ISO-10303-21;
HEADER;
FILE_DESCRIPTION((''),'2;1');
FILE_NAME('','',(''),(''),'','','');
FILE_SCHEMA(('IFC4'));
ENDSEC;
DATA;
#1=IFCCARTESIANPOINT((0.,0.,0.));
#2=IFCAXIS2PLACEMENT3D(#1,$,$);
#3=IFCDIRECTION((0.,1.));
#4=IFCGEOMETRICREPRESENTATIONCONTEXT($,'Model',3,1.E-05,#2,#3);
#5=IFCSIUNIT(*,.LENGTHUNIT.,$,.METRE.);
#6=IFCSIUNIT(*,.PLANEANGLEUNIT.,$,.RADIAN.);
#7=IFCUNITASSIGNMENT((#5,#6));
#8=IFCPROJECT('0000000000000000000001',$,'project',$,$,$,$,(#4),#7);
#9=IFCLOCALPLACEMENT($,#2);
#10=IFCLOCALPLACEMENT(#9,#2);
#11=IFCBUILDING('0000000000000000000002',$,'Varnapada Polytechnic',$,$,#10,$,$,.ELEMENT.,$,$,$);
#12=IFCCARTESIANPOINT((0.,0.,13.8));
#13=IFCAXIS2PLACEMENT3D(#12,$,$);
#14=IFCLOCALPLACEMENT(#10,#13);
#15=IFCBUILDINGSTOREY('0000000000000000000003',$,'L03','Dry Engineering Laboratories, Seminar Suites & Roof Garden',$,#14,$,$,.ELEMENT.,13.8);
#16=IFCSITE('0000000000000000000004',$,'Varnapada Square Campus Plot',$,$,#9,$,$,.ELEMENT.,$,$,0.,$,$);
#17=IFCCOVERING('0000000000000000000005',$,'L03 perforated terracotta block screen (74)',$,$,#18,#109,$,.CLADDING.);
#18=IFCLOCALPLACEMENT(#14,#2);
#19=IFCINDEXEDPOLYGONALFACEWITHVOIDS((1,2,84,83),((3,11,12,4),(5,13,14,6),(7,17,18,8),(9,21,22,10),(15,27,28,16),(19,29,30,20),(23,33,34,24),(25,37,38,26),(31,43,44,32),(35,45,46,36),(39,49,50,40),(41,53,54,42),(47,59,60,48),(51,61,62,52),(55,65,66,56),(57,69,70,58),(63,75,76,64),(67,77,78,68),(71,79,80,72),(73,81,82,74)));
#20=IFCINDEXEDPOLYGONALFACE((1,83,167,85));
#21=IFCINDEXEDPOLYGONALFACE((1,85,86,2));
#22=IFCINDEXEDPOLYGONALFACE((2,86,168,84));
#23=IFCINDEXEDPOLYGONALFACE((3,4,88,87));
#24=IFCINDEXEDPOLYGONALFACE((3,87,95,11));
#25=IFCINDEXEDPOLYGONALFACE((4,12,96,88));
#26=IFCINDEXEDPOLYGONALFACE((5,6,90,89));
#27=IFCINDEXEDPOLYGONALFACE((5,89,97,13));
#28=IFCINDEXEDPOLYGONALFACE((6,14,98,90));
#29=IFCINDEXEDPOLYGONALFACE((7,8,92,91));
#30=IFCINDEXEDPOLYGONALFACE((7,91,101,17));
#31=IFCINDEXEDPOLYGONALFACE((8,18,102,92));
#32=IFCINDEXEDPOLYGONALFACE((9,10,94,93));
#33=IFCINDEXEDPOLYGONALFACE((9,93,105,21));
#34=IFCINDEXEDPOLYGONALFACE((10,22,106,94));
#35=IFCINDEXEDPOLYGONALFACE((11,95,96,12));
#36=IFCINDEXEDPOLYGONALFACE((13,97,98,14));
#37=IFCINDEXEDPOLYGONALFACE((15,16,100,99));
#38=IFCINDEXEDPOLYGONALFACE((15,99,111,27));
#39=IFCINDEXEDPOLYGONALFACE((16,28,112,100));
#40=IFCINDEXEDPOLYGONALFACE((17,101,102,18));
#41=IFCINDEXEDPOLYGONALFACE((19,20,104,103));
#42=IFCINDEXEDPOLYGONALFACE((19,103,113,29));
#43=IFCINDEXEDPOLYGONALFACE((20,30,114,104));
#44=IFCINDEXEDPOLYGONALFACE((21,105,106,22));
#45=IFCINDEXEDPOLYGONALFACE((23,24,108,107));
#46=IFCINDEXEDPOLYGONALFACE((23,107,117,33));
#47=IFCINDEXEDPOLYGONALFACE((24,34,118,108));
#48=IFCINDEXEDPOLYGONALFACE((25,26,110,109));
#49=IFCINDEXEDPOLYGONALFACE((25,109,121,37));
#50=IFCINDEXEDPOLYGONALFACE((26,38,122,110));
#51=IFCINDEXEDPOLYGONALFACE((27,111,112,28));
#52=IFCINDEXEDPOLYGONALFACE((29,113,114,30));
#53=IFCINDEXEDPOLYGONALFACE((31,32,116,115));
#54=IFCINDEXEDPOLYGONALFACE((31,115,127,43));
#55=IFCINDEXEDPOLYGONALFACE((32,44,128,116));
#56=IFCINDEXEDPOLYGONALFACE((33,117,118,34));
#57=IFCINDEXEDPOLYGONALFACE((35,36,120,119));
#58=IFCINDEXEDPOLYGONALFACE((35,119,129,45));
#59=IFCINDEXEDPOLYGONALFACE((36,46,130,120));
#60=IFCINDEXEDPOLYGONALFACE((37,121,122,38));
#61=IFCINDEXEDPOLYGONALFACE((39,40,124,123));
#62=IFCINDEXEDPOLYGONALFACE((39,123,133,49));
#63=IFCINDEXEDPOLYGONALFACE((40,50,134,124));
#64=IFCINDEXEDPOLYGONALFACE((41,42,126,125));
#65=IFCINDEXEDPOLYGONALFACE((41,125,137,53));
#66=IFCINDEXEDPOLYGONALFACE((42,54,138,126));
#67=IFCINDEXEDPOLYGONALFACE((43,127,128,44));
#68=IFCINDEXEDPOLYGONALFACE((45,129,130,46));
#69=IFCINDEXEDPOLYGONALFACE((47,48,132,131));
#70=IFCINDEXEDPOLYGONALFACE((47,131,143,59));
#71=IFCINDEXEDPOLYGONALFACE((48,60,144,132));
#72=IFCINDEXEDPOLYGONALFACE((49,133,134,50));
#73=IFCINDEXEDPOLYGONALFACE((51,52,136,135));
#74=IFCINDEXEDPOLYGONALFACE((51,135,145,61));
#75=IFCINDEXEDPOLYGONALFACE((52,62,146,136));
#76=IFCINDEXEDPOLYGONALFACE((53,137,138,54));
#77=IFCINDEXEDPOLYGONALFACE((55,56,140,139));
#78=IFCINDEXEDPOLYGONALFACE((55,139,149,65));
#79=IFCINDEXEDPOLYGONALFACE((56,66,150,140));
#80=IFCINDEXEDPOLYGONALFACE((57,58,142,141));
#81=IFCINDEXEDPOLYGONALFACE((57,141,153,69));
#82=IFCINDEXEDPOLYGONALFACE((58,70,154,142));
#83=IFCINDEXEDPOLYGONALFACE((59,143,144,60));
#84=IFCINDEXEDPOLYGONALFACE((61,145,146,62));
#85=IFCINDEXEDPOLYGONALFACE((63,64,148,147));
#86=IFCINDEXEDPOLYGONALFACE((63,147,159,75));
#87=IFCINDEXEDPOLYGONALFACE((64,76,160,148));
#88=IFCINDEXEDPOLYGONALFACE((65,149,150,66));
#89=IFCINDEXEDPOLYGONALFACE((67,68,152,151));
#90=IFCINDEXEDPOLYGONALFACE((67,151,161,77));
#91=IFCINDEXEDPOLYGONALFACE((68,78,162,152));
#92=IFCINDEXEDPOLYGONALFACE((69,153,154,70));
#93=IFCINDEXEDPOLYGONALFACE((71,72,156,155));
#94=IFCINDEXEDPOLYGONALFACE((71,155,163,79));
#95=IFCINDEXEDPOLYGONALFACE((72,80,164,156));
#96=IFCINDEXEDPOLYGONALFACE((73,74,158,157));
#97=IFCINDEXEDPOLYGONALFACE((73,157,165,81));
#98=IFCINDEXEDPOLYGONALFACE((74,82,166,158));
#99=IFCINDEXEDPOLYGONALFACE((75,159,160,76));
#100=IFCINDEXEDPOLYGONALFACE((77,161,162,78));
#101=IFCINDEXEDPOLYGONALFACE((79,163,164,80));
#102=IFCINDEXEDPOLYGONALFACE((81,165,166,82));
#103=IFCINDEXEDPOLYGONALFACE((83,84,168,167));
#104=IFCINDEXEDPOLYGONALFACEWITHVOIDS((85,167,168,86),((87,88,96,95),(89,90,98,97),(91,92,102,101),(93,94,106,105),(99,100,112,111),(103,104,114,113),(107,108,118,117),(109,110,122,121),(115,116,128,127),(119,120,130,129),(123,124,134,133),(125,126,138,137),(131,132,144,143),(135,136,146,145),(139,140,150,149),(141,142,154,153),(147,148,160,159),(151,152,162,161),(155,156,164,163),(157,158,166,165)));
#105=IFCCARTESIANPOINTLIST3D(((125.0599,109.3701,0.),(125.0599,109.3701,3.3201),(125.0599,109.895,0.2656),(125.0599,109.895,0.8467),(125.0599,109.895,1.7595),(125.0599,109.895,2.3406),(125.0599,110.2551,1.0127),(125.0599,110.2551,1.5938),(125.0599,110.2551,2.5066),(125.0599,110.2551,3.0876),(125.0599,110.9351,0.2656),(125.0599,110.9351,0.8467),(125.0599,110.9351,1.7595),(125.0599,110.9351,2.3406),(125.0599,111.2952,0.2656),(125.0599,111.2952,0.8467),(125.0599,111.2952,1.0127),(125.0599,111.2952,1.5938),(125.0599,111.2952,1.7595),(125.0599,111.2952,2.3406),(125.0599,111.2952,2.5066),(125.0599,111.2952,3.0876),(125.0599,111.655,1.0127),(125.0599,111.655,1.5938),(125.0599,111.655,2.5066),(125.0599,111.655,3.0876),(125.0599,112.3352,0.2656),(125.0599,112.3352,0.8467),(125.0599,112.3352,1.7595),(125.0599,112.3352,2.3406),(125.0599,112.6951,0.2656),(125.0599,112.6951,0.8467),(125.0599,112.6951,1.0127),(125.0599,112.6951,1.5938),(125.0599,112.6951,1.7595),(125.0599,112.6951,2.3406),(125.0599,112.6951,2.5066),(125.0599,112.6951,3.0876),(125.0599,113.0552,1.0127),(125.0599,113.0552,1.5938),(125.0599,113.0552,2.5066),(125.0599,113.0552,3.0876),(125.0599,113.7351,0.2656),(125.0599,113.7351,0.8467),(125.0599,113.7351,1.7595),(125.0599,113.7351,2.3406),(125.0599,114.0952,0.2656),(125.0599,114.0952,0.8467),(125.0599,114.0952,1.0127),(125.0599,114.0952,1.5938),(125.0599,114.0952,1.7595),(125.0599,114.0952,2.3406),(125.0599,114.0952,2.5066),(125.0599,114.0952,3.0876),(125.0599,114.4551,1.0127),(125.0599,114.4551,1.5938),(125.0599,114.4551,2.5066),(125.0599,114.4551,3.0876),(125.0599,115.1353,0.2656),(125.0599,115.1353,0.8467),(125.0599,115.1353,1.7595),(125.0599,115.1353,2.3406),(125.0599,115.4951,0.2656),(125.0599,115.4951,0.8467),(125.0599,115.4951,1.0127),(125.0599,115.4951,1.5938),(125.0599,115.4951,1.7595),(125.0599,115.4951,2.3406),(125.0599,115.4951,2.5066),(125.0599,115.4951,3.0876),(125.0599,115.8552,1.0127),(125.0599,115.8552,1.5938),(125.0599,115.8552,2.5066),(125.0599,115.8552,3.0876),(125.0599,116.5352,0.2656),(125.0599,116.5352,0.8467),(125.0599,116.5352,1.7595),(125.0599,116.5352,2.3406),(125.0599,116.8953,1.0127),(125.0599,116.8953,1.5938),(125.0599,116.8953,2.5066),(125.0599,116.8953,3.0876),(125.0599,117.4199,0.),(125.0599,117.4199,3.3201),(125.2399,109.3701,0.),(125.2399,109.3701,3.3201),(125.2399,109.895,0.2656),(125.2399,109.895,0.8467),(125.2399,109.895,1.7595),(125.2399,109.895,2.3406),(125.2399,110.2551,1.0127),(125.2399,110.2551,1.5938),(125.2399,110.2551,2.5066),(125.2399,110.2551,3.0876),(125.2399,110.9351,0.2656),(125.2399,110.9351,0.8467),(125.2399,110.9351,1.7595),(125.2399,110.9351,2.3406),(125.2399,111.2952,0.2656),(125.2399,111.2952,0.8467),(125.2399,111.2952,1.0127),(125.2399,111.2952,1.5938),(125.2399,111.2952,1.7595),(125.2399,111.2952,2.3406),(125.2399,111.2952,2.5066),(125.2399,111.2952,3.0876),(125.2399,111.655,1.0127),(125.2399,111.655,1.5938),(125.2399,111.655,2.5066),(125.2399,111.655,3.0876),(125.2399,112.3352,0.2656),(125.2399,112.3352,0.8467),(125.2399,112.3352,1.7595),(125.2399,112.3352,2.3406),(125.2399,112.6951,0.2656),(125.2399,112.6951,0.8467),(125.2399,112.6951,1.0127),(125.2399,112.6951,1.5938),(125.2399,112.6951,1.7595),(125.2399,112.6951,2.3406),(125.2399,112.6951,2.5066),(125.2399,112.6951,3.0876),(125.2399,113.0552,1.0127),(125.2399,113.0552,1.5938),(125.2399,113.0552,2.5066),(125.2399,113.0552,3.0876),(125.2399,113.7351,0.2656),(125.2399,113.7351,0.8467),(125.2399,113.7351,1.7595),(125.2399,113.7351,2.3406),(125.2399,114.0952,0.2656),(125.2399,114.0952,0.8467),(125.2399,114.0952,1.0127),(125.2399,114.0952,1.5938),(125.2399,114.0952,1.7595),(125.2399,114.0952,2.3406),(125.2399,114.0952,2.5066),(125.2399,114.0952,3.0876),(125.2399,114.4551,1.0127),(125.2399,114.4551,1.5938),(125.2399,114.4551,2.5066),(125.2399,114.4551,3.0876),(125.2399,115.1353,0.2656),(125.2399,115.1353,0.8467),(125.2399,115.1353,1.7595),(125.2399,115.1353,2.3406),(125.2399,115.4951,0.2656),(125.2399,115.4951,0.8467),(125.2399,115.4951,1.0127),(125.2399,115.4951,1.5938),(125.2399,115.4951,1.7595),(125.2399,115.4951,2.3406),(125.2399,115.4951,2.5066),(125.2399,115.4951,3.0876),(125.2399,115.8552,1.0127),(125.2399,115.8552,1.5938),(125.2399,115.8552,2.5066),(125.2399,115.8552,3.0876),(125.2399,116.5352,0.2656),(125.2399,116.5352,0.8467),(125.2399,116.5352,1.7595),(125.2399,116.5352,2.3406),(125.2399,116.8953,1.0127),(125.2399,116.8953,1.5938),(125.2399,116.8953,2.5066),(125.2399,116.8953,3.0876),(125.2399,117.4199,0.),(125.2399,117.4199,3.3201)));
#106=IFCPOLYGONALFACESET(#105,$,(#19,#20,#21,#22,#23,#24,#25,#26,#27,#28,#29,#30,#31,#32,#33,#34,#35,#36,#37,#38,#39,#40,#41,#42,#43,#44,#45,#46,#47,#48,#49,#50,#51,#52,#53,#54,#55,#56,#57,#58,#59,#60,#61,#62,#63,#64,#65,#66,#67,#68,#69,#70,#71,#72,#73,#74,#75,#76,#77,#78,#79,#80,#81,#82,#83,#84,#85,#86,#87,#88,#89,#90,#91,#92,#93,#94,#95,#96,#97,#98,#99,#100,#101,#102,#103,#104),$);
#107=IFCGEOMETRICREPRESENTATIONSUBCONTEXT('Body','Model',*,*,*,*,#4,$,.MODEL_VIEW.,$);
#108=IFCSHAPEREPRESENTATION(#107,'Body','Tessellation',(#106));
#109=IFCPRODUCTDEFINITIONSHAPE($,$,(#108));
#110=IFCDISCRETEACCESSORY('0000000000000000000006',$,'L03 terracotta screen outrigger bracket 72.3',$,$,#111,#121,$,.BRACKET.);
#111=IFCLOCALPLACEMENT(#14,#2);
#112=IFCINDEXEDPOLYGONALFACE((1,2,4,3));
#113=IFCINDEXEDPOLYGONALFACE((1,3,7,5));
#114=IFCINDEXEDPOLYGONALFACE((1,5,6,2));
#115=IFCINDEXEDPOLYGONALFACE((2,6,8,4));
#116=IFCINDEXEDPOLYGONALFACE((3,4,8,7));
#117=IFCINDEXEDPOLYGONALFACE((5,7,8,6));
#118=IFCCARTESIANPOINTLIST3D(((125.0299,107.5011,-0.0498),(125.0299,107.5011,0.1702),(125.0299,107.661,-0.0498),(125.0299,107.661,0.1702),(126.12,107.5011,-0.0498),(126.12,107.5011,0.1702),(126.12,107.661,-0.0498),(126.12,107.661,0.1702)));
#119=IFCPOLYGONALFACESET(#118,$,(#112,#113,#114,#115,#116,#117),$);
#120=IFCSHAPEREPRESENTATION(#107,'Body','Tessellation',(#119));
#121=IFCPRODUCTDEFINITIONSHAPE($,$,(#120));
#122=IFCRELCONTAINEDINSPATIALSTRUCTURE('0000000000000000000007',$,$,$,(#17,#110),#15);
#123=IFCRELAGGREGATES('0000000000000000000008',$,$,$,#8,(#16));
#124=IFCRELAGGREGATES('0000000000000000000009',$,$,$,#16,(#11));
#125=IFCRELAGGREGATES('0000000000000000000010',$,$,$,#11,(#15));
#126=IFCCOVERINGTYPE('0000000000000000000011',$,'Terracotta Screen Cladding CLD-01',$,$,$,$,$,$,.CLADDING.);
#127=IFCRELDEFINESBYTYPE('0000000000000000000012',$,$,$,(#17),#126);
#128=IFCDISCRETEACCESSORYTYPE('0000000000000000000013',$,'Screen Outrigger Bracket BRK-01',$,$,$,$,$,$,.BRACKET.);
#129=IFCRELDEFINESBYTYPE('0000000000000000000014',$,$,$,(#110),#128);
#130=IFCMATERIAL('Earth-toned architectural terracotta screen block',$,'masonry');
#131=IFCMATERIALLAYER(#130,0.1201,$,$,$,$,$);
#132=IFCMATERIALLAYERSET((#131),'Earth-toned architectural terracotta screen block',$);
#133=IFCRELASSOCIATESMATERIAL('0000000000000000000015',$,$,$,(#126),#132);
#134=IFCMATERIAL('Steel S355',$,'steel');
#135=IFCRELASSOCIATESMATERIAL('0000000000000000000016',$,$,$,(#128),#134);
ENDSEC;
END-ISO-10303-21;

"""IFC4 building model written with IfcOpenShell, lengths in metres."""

from ifc_helpers import new_model, si_unit, direction, frame, frame_2d, origin, origin_2d, place, context, subcontext, project, spatial, rectangle, extrude, material, layer, layer_set, type_object, element, save


model = new_model("IFC4")

# Units and contexts
model_context = context("Model", 3, precision=1e-05, world=origin(), true_north=direction((0.0, 1.0)))
body_context = subcontext(model_context, "Body", "Model", "MODEL_VIEW")
ifc_project = project(units=[si_unit("LENGTHUNIT", "METRE"), si_unit("PLANEANGLEUNIT", "RADIAN")], contexts=[model_context])

# Site, building, storey
site_placement = place(None, origin())
site = spatial("IfcSite", under=ifc_project, at=site_placement, Name="Varnapada Square Campus Plot", CompositionType="ELEMENT", RefElevation=0.0)
building_placement = place(site_placement, origin())
building = spatial("IfcBuilding", under=site, at=building_placement, Name="Varnapada Polytechnic", CompositionType="ELEMENT")
storey_placement = place(building_placement, frame((0.0, 0.0, 13.8)))
storey = spatial("IfcBuildingStorey", under=building, at=storey_placement, Name="L03", Description="Dry Engineering Laboratories, Seminar Suites & Roof Garden", CompositionType="ELEMENT", Elevation=13.8)

# Covering, openings
ifc_material_1 = material(Name="Earth-toned architectural terracotta screen block", Category="masonry")
ifc_layer_1 = layer(ifc_material_1, 0.1201)
ifc_layer_set_1 = layer_set([ifc_layer_1], Name="Earth-toned architectural terracotta screen block")
covering_type = type_object("IfcCoveringType", Name="Terracotta Screen Cladding CLD-01", PredefinedType="CLADDING", material=ifc_layer_set_1)
covering_placement = place(storey_placement, frame((125.1499, 109.3701, 0.0), z_axis=(0.0, 0.0, 1.0), x_axis=(0.0, 1.0, 0.0)))
covering = element("IfcCovering", 1, at=covering_placement, inside=storey, type_object=covering_type, Name="L03 perforated terracotta block screen (74)", PredefinedType="CLADDING", context=body_context, shape_type="SweptSolid", body=[
    extrude(rectangle(XDim=8.0498, YDim=0.1799, at=frame_2d((4.0249, 0.0))), origin(), (0.0, 0.0, 1.0), 3.3201),
])
opening_1_placement = place(covering_placement, frame((0.5249, 0.0, 0.2656)))
element("IfcOpeningElement", 2, at=opening_1_placement, cuts=covering, PredefinedType="OPENING", context=body_context, shape_type="SweptSolid", body=[
    extrude(rectangle(XDim=1.04, YDim=0.5811, at=frame_2d((0.52, 0.2905))), frame((0.0, 0.0999, 0.0), z_axis=(0.0, -1.0, 0.0), x_axis=(1.0, 0.0, 0.0)), (0.0, 0.0, 1.0), 0.2),
])
opening_2_placement = place(covering_placement, frame((1.925, 0.0, 0.2656)))
element("IfcOpeningElement", 3, at=opening_2_placement, cuts=covering, PredefinedType="OPENING", context=body_context, shape_type="SweptSolid", body=[
    extrude(rectangle(XDim=1.04, YDim=0.5811, at=frame_2d((0.52, 0.2905))), frame((0.0, 0.0999, 0.0), z_axis=(0.0, -1.0, 0.0), x_axis=(1.0, 0.0, 0.0)), (0.0, 0.0, 1.0), 0.2),
])
opening_3_placement = place(covering_placement, frame((3.325, 0.0, 0.2656)))
element("IfcOpeningElement", 4, at=opening_3_placement, cuts=covering, PredefinedType="OPENING", context=body_context, shape_type="SweptSolid", body=[
    extrude(rectangle(XDim=1.04, YDim=0.5811, at=frame_2d((0.52, 0.2905))), frame((0.0, 0.0999, 0.0), z_axis=(0.0, -1.0, 0.0), x_axis=(1.0, 0.0, 0.0)), (0.0, 0.0, 1.0), 0.2),
])
opening_4_placement = place(covering_placement, frame((4.7251, 0.0, 0.2656)))
element("IfcOpeningElement", 5, at=opening_4_placement, cuts=covering, PredefinedType="OPENING", context=body_context, shape_type="SweptSolid", body=[
    extrude(rectangle(XDim=1.04, YDim=0.5811, at=frame_2d((0.52, 0.2905))), frame((0.0, 0.0999, 0.0), z_axis=(0.0, -1.0, 0.0), x_axis=(1.0, 0.0, 0.0)), (0.0, 0.0, 1.0), 0.2),
])
opening_5_placement = place(covering_placement, frame((6.125, 0.0, 0.2656)))
element("IfcOpeningElement", 6, at=opening_5_placement, cuts=covering, PredefinedType="OPENING", context=body_context, shape_type="SweptSolid", body=[
    extrude(rectangle(XDim=1.04, YDim=0.5811, at=frame_2d((0.52, 0.2905))), frame((0.0, 0.0999, 0.0), z_axis=(0.0, -1.0, 0.0), x_axis=(1.0, 0.0, 0.0)), (0.0, 0.0, 1.0), 0.2),
])
opening_6_placement = place(covering_placement, frame((0.885, 0.0, 1.0127)))
element("IfcOpeningElement", 7, at=opening_6_placement, cuts=covering, PredefinedType="OPENING", context=body_context, shape_type="SweptSolid", body=[
    extrude(rectangle(XDim=1.04, YDim=0.5811, at=frame_2d((0.52, 0.2905))), frame((0.0, 0.0999, 0.0), z_axis=(0.0, -1.0, 0.0), x_axis=(1.0, 0.0, 0.0)), (0.0, 0.0, 1.0), 0.2),
])
opening_7_placement = place(covering_placement, frame((2.2849, 0.0, 1.0127)))
element("IfcOpeningElement", 8, at=opening_7_placement, cuts=covering, PredefinedType="OPENING", context=body_context, shape_type="SweptSolid", body=[
    extrude(rectangle(XDim=1.04, YDim=0.5811, at=frame_2d((0.52, 0.2905))), frame((0.0, 0.0999, 0.0), z_axis=(0.0, -1.0, 0.0), x_axis=(1.0, 0.0, 0.0)), (0.0, 0.0, 1.0), 0.2),
])
opening_8_placement = place(covering_placement, frame((3.6851, 0.0, 1.0127)))
element("IfcOpeningElement", 9, at=opening_8_placement, cuts=covering, PredefinedType="OPENING", context=body_context, shape_type="SweptSolid", body=[
    extrude(rectangle(XDim=1.04, YDim=0.5811, at=frame_2d((0.52, 0.2905))), frame((0.0, 0.0999, 0.0), z_axis=(0.0, -1.0, 0.0), x_axis=(1.0, 0.0, 0.0)), (0.0, 0.0, 1.0), 0.2),
])
opening_9_placement = place(covering_placement, frame((5.085, 0.0, 1.0127)))
element("IfcOpeningElement", 10, at=opening_9_placement, cuts=covering, PredefinedType="OPENING", context=body_context, shape_type="SweptSolid", body=[
    extrude(rectangle(XDim=1.04, YDim=0.5811, at=frame_2d((0.52, 0.2905))), frame((0.0, 0.0999, 0.0), z_axis=(0.0, -1.0, 0.0), x_axis=(1.0, 0.0, 0.0)), (0.0, 0.0, 1.0), 0.2),
])
opening_10_placement = place(covering_placement, frame((6.4851, 0.0, 1.0127)))
element("IfcOpeningElement", 11, at=opening_10_placement, cuts=covering, PredefinedType="OPENING", context=body_context, shape_type="SweptSolid", body=[
    extrude(rectangle(XDim=1.04, YDim=0.5811, at=frame_2d((0.52, 0.2905))), frame((0.0, 0.0999, 0.0), z_axis=(0.0, -1.0, 0.0), x_axis=(1.0, 0.0, 0.0)), (0.0, 0.0, 1.0), 0.2),
])
opening_11_placement = place(covering_placement, frame((0.5249, 0.0, 1.7595)))
element("IfcOpeningElement", 12, at=opening_11_placement, cuts=covering, PredefinedType="OPENING", context=body_context, shape_type="SweptSolid", body=[
    extrude(rectangle(XDim=1.04, YDim=0.5811, at=frame_2d((0.52, 0.2905))), frame((0.0, 0.0999, 0.0), z_axis=(0.0, -1.0, 0.0), x_axis=(1.0, 0.0, 0.0)), (0.0, 0.0, 1.0), 0.2),
])
opening_12_placement = place(covering_placement, frame((1.925, 0.0, 1.7595)))
element("IfcOpeningElement", 13, at=opening_12_placement, cuts=covering, PredefinedType="OPENING", context=body_context, shape_type="SweptSolid", body=[
    extrude(rectangle(XDim=1.04, YDim=0.5811, at=frame_2d((0.52, 0.2905))), frame((0.0, 0.0999, 0.0), z_axis=(0.0, -1.0, 0.0), x_axis=(1.0, 0.0, 0.0)), (0.0, 0.0, 1.0), 0.2),
])
opening_13_placement = place(covering_placement, frame((3.325, 0.0, 1.7595)))
element("IfcOpeningElement", 14, at=opening_13_placement, cuts=covering, PredefinedType="OPENING", context=body_context, shape_type="SweptSolid", body=[
    extrude(rectangle(XDim=1.04, YDim=0.5811, at=frame_2d((0.52, 0.2905))), frame((0.0, 0.0999, 0.0), z_axis=(0.0, -1.0, 0.0), x_axis=(1.0, 0.0, 0.0)), (0.0, 0.0, 1.0), 0.2),
])
opening_14_placement = place(covering_placement, frame((4.7251, 0.0, 1.7595)))
element("IfcOpeningElement", 15, at=opening_14_placement, cuts=covering, PredefinedType="OPENING", context=body_context, shape_type="SweptSolid", body=[
    extrude(rectangle(XDim=1.04, YDim=0.5811, at=frame_2d((0.52, 0.2905))), frame((0.0, 0.0999, 0.0), z_axis=(0.0, -1.0, 0.0), x_axis=(1.0, 0.0, 0.0)), (0.0, 0.0, 1.0), 0.2),
])
opening_15_placement = place(covering_placement, frame((6.125, 0.0, 1.7595)))
element("IfcOpeningElement", 16, at=opening_15_placement, cuts=covering, PredefinedType="OPENING", context=body_context, shape_type="SweptSolid", body=[
    extrude(rectangle(XDim=1.04, YDim=0.5811, at=frame_2d((0.52, 0.2905))), frame((0.0, 0.0999, 0.0), z_axis=(0.0, -1.0, 0.0), x_axis=(1.0, 0.0, 0.0)), (0.0, 0.0, 1.0), 0.2),
])
opening_16_placement = place(covering_placement, frame((0.885, 0.0, 2.5066)))
element("IfcOpeningElement", 17, at=opening_16_placement, cuts=covering, PredefinedType="OPENING", context=body_context, shape_type="SweptSolid", body=[
    extrude(rectangle(XDim=1.04, YDim=0.5811, at=frame_2d((0.52, 0.2905))), frame((0.0, 0.0999, 0.0), z_axis=(0.0, -1.0, 0.0), x_axis=(1.0, 0.0, 0.0)), (0.0, 0.0, 1.0), 0.2),
])
opening_17_placement = place(covering_placement, frame((2.2849, 0.0, 2.5066)))
element("IfcOpeningElement", 18, at=opening_17_placement, cuts=covering, PredefinedType="OPENING", context=body_context, shape_type="SweptSolid", body=[
    extrude(rectangle(XDim=1.04, YDim=0.5811, at=frame_2d((0.52, 0.2905))), frame((0.0, 0.0999, 0.0), z_axis=(0.0, -1.0, 0.0), x_axis=(1.0, 0.0, 0.0)), (0.0, 0.0, 1.0), 0.2),
])
opening_18_placement = place(covering_placement, frame((3.6851, 0.0, 2.5066)))
element("IfcOpeningElement", 19, at=opening_18_placement, cuts=covering, PredefinedType="OPENING", context=body_context, shape_type="SweptSolid", body=[
    extrude(rectangle(XDim=1.04, YDim=0.5811, at=frame_2d((0.52, 0.2905))), frame((0.0, 0.0999, 0.0), z_axis=(0.0, -1.0, 0.0), x_axis=(1.0, 0.0, 0.0)), (0.0, 0.0, 1.0), 0.2),
])
opening_19_placement = place(covering_placement, frame((5.085, 0.0, 2.5066)))
element("IfcOpeningElement", 20, at=opening_19_placement, cuts=covering, PredefinedType="OPENING", context=body_context, shape_type="SweptSolid", body=[
    extrude(rectangle(XDim=1.04, YDim=0.5811, at=frame_2d((0.52, 0.2905))), frame((0.0, 0.0999, 0.0), z_axis=(0.0, -1.0, 0.0), x_axis=(1.0, 0.0, 0.0)), (0.0, 0.0, 1.0), 0.2),
])
opening_20_placement = place(covering_placement, frame((6.4851, 0.0, 2.5066)))
element("IfcOpeningElement", 21, at=opening_20_placement, cuts=covering, PredefinedType="OPENING", context=body_context, shape_type="SweptSolid", body=[
    extrude(rectangle(XDim=1.04, YDim=0.5811, at=frame_2d((0.52, 0.2905))), frame((0.0, 0.0999, 0.0), z_axis=(0.0, -1.0, 0.0), x_axis=(1.0, 0.0, 0.0)), (0.0, 0.0, 1.0), 0.2),
])

# Discrete accessory
ifc_material_2 = material(Name="Steel S355", Category="steel")
discrete_accessory_type = type_object("IfcDiscreteAccessoryType", Name="Screen Outrigger Bracket BRK-01", PredefinedType="BRACKET", material=ifc_material_2)
for number, where, z_axis, x_axis, name in (
    (22, (125.575, 107.5811, -0.0498), (0.0, 0.0, 1.0), (0.0, 1.0, 0.0), "L03 terracotta screen outrigger bracket 72.3"),
):
    element("IfcDiscreteAccessory", number, at=place(storey_placement, frame(where, z_axis=z_axis, x_axis=x_axis)), inside=storey, type_object=discrete_accessory_type, Name=name, PredefinedType="BRACKET", context=body_context, shape_type="SweptSolid", body=[
        extrude(rectangle(XDim=0.1599, YDim=1.0901, at=origin_2d()), origin(), (0.0, 0.0, 1.0), 0.22),
    ])

save(model, "model.ifc")
